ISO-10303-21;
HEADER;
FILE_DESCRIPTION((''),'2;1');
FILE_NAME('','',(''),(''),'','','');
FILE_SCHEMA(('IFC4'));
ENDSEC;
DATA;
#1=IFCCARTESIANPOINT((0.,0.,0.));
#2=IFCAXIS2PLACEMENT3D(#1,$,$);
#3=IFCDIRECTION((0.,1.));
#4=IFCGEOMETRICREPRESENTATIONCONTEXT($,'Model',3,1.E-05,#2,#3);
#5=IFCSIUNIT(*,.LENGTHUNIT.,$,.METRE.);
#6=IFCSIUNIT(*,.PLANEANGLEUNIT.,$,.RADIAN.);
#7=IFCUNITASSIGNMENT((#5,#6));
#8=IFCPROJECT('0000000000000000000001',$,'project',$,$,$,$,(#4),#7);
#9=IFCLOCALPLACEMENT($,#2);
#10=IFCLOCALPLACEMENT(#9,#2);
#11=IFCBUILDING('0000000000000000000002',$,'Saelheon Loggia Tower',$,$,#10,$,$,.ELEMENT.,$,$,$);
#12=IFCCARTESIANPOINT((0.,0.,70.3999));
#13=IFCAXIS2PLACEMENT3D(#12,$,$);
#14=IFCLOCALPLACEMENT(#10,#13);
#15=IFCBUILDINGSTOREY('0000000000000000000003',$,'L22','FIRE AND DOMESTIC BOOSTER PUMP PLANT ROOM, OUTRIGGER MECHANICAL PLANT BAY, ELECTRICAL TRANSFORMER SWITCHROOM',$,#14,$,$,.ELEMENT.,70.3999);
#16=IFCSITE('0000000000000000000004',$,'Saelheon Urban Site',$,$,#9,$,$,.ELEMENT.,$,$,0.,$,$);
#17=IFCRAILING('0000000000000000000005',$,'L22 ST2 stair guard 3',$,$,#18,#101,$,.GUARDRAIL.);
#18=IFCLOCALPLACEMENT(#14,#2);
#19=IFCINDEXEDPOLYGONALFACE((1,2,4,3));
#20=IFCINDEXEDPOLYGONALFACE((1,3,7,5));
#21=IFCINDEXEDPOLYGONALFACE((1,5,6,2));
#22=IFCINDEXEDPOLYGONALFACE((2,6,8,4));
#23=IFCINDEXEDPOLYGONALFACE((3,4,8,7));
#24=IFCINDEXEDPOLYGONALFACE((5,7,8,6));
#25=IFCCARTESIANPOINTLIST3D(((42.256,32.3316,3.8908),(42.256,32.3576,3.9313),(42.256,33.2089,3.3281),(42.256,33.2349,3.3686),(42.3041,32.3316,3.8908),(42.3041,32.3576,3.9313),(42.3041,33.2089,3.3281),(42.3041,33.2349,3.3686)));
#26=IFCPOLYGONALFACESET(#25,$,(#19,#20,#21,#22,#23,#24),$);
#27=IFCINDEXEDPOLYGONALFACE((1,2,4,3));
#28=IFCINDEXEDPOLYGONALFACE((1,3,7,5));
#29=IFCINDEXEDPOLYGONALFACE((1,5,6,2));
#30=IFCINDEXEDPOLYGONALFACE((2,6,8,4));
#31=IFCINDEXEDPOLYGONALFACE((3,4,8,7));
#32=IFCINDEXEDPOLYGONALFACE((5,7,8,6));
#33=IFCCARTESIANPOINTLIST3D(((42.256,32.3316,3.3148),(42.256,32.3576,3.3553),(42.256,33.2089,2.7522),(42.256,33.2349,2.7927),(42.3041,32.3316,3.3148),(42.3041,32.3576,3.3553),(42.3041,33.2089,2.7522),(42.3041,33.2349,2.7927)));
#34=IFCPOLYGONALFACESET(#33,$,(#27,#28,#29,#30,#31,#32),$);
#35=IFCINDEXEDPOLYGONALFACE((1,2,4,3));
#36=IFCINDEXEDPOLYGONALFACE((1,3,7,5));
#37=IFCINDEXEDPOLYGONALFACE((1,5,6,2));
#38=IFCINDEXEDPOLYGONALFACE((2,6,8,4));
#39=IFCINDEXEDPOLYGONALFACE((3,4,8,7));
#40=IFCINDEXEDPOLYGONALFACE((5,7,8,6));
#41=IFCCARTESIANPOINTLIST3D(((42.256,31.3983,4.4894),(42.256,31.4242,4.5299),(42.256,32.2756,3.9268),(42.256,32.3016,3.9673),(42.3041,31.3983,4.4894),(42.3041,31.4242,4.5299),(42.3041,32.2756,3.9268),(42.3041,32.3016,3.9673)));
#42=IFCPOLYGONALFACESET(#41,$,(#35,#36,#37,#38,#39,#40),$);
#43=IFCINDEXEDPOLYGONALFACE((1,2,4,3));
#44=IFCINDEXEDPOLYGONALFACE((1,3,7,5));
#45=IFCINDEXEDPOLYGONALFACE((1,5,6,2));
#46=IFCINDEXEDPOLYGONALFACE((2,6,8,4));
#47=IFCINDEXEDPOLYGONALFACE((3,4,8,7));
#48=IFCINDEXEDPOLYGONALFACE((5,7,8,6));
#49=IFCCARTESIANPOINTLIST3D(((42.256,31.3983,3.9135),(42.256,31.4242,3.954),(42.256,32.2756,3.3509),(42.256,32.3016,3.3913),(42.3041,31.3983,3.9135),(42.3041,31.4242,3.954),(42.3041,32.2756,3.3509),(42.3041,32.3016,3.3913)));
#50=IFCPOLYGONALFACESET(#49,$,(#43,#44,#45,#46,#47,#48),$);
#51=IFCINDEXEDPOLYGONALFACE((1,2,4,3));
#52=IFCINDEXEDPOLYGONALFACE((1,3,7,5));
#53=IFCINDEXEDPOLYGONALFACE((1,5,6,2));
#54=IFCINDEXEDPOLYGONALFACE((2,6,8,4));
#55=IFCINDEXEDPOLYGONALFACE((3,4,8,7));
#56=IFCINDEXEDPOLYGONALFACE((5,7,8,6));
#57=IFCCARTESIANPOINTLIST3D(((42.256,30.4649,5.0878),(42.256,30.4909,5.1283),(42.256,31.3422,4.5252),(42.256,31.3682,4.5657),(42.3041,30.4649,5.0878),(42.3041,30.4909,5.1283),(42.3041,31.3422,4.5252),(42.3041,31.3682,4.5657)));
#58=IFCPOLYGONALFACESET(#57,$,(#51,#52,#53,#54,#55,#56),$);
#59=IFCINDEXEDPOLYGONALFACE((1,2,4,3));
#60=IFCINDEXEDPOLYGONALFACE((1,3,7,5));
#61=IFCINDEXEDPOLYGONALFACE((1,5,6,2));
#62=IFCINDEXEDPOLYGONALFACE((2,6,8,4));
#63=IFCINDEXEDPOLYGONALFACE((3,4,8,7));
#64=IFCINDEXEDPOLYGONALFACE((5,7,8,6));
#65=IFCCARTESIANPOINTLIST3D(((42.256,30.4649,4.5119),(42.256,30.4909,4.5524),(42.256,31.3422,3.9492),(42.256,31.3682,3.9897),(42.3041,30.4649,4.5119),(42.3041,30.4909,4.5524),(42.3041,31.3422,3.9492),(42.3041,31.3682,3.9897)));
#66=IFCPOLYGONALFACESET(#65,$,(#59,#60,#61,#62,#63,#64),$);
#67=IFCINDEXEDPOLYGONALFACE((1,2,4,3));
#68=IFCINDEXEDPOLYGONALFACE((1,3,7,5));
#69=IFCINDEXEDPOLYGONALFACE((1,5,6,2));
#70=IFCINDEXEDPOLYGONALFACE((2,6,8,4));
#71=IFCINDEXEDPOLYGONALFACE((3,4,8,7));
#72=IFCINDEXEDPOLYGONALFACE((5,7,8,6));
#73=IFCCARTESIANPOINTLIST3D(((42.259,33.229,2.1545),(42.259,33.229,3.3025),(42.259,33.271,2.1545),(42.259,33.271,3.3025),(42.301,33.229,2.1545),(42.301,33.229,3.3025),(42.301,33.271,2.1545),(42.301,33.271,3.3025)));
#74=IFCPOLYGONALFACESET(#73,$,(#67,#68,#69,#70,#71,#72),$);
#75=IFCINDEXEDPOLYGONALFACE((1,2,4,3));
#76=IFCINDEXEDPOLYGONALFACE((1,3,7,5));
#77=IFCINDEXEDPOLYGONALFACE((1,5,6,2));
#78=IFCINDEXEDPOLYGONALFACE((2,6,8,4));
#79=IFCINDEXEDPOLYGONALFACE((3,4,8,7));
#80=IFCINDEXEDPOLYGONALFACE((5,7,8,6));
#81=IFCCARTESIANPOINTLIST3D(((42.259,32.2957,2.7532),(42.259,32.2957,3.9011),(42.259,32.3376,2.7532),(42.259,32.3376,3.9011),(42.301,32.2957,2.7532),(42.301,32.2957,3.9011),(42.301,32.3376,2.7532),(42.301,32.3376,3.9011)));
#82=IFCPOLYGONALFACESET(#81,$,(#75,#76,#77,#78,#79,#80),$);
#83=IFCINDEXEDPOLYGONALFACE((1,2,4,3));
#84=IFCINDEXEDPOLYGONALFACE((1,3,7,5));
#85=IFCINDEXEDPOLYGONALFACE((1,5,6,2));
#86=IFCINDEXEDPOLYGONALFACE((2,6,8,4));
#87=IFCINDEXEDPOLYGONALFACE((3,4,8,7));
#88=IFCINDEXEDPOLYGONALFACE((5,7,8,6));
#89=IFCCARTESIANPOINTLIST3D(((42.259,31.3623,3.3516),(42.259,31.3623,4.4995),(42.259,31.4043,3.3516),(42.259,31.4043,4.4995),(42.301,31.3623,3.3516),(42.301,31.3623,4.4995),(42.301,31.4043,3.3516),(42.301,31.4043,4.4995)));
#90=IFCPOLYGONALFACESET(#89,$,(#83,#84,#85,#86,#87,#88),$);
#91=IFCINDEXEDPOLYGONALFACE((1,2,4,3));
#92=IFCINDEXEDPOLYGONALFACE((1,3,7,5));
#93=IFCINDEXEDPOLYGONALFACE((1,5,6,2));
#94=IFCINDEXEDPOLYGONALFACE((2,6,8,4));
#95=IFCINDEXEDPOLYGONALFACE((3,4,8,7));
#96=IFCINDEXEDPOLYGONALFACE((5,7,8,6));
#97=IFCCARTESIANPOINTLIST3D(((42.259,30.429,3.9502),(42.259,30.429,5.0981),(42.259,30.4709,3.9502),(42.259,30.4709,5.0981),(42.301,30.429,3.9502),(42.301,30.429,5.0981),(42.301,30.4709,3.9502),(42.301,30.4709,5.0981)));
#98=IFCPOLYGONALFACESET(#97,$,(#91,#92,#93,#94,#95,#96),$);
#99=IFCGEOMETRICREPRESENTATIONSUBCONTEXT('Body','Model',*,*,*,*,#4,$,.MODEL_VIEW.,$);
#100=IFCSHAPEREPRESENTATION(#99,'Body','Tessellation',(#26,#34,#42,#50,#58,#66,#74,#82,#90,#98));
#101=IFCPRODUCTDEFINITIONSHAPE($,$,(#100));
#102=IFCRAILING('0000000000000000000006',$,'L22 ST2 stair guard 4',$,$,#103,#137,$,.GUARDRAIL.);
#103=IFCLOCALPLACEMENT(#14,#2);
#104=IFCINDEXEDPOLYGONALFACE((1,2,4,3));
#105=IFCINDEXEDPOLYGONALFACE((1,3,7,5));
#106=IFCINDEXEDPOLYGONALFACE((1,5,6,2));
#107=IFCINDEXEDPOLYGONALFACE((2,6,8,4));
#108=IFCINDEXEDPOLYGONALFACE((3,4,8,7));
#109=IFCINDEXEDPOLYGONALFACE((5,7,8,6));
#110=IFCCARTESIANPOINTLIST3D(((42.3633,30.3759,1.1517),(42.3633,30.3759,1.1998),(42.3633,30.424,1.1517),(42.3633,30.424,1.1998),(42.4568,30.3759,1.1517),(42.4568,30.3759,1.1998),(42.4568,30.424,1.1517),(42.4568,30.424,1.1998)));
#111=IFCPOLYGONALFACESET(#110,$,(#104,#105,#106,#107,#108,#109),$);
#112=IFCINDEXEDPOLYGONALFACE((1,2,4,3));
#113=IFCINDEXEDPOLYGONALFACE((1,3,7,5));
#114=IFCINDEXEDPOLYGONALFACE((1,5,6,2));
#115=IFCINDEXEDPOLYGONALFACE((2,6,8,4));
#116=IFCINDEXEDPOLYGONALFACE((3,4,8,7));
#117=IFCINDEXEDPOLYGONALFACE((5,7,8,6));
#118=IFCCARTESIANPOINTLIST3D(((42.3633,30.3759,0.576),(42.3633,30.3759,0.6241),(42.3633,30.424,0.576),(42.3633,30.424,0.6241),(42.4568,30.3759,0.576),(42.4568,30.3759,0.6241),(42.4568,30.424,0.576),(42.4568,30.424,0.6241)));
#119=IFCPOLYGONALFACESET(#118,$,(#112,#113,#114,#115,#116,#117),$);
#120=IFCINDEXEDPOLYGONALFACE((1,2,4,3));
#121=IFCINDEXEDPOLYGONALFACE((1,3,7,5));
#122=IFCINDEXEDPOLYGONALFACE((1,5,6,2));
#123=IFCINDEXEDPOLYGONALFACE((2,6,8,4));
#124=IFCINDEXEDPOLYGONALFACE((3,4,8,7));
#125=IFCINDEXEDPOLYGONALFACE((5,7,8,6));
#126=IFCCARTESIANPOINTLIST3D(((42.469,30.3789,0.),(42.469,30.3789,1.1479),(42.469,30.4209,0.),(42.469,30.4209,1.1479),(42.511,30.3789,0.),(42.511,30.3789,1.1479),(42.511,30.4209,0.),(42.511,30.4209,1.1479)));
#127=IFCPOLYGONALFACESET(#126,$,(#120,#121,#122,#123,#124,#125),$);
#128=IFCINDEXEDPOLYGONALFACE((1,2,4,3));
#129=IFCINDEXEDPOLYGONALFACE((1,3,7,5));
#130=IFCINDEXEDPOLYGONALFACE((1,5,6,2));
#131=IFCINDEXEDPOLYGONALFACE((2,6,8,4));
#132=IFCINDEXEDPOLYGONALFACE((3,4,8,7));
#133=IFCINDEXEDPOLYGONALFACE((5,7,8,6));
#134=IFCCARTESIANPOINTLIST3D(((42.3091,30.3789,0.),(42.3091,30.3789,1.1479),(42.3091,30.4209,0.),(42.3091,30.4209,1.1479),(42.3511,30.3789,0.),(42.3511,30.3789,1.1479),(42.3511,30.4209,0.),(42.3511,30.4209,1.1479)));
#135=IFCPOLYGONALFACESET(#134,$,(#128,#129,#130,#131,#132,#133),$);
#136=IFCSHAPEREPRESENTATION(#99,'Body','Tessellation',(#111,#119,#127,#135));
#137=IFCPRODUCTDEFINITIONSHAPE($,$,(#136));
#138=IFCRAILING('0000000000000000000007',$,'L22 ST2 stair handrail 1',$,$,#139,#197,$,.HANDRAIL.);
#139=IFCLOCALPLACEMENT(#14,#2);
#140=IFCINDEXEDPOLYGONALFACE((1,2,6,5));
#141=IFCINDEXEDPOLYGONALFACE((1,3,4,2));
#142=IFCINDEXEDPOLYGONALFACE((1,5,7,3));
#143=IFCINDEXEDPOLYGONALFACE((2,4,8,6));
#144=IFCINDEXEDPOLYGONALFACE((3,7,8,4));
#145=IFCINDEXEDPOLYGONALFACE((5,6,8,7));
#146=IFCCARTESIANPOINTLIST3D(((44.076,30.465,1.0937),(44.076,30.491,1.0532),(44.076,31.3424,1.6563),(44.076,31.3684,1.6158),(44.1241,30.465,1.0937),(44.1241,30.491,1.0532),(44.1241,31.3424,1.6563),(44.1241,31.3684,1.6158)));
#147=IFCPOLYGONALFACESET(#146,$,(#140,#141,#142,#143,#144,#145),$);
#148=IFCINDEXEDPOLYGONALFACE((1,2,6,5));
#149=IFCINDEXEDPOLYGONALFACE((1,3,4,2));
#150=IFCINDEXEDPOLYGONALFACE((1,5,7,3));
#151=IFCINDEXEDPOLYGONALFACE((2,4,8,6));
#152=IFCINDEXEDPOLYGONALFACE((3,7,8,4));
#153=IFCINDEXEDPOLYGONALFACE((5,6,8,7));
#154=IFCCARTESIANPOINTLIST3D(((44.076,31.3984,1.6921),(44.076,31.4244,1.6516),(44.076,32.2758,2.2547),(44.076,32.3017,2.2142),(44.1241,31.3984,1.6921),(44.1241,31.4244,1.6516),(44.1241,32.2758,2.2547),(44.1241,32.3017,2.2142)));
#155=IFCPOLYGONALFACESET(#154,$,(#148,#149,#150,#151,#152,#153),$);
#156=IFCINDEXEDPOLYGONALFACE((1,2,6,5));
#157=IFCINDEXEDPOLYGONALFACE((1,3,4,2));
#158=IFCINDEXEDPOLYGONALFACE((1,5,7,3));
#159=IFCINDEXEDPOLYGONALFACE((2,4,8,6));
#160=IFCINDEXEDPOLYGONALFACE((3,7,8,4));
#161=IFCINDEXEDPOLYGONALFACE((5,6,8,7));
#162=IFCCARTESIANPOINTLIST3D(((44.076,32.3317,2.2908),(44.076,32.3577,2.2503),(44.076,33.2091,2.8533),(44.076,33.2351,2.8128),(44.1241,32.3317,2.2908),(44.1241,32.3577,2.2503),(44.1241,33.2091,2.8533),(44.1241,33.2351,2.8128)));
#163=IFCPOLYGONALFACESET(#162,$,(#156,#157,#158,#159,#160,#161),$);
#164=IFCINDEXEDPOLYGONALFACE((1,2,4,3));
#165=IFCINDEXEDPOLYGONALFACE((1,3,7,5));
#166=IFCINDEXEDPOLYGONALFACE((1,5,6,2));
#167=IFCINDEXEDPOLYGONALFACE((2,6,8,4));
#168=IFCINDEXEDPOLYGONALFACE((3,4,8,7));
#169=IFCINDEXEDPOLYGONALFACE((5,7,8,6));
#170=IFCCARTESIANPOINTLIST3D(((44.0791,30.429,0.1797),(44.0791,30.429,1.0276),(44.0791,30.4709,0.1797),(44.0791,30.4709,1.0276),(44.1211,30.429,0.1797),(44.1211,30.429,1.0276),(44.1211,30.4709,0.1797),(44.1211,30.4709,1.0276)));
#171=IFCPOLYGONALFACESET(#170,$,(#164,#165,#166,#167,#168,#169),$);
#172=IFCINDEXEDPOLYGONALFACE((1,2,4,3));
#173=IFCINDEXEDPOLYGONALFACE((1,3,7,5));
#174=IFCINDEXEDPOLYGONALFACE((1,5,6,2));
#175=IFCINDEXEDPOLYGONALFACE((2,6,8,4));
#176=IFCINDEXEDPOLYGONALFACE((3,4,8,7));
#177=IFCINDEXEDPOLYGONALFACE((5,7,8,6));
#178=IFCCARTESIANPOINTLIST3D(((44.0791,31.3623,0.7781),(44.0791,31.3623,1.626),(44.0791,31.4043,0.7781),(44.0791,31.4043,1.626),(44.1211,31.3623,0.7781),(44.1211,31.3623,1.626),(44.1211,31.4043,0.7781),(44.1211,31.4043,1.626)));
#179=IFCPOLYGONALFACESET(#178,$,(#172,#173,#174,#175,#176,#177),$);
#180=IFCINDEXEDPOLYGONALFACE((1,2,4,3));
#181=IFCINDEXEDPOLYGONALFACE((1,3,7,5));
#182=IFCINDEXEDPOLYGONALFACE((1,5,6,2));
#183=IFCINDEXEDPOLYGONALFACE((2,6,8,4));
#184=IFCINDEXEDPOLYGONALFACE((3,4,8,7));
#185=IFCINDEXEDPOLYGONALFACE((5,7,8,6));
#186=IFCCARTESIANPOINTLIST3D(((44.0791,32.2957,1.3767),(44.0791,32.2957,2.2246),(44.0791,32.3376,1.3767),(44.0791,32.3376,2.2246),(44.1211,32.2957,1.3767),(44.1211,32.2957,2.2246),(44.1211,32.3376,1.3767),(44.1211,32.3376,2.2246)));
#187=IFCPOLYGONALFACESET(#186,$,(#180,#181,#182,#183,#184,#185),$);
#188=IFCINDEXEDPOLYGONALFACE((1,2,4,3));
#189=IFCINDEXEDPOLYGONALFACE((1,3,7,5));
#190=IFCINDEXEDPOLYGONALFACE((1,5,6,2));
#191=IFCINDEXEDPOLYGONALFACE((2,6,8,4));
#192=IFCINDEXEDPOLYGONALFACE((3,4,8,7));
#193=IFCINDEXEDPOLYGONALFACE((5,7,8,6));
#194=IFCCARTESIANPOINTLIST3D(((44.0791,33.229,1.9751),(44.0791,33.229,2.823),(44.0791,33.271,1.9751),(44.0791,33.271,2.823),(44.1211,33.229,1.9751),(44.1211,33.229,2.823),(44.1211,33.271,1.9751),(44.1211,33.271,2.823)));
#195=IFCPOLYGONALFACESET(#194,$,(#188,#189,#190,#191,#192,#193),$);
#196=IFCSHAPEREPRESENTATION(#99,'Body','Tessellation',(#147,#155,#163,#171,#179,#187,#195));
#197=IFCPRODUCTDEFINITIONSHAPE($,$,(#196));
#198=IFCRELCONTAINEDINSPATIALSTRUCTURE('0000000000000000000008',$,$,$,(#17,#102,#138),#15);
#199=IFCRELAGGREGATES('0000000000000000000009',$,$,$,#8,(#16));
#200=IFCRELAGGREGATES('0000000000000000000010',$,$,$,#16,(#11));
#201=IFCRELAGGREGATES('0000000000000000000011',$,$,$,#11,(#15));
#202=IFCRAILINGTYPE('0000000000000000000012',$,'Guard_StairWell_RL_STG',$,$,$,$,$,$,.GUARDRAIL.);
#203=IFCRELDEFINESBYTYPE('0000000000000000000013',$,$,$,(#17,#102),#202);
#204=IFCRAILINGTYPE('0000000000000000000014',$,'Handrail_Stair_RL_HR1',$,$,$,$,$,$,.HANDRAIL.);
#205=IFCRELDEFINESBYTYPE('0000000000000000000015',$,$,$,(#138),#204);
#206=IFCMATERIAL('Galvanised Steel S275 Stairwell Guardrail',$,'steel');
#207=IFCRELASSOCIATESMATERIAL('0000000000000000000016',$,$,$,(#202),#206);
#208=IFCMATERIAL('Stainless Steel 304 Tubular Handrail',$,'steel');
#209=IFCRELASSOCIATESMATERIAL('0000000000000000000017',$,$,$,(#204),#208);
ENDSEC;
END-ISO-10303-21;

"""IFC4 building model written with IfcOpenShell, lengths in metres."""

from ifc_helpers import new_model, si_unit, direction, frame, origin, origin_2d, place, context, subcontext, project, spatial, rectangle, extrude, material, type_object, element, save


model = new_model("IFC4")

# Units and contexts
model_context = context("Model", 3, precision=1e-05, world=origin(), true_north=direction((0.0, 1.0)))
body_context = subcontext(model_context, "Body", "Model", "MODEL_VIEW")
ifc_project = project(units=[si_unit("LENGTHUNIT", "METRE"), si_unit("PLANEANGLEUNIT", "RADIAN")], contexts=[model_context])

# Site, building, storey
site_placement = place(None, origin())
site = spatial("IfcSite", under=ifc_project, at=site_placement, Name="Saelheon Urban Site", CompositionType="ELEMENT", RefElevation=0.0)
building_placement = place(site_placement, origin())
building = spatial("IfcBuilding", under=site, at=building_placement, Name="Saelheon Loggia Tower", CompositionType="ELEMENT")
storey_placement = place(building_placement, frame((0.0, 0.0, 70.3999)))
storey = spatial("IfcBuildingStorey", under=building, at=storey_placement, Name="L22", Description="FIRE AND DOMESTIC BOOSTER PUMP PLANT ROOM, OUTRIGGER MECHANICAL PLANT BAY, ELECTRICAL TRANSFORMER SWITCHROOM", CompositionType="ELEMENT", Elevation=70.3999)

# Railings
ifc_material_1 = material(Name="Galvanised Steel S275 Stairwell Guardrail", Category="steel")
railing_type_1 = type_object("IfcRailingType", Name="Guard_StairWell_RL_STG", PredefinedType="GUARDRAIL", material=ifc_material_1)
railing_1_placement = place(storey_placement, frame((42.28, 33.25, 2.1545)))
element("IfcRailing", 1, at=railing_1_placement, inside=storey, type_object=railing_type_1, Name="L22 ST2 stair guard 3", PredefinedType="GUARDRAIL", context=body_context, shape_type="SweptSolid", body=[
    extrude(rectangle(XDim=0.0481, YDim=0.0481, at=origin_2d()), frame((0.0, -0.0281, 1.1938), z_axis=(0.0, -0.841777, 0.539826), x_axis=(1.0, 0.0, 0.0)), (0.0, 0.0, 1.0), 1.0422),
    extrude(rectangle(XDim=0.0481, YDim=0.0481, at=origin_2d()), frame((0.0, -0.0281, 0.6179), z_axis=(0.0, -0.841777, 0.539826), x_axis=(1.0, 0.0, 0.0)), (0.0, 0.0, 1.0), 1.0422),
    extrude(rectangle(XDim=0.0481, YDim=0.0481, at=origin_2d()), frame((0.0, -0.9614, 1.7925), z_axis=(0.0, -0.841777, 0.539826), x_axis=(1.0, 0.0, 0.0)), (0.0, 0.0, 1.0), 1.0422),
    extrude(rectangle(XDim=0.0481, YDim=0.0481, at=origin_2d()), frame((0.0, -0.9614, 1.2166), z_axis=(0.0, -0.841777, 0.539826), x_axis=(1.0, 0.0, 0.0)), (0.0, 0.0, 1.0), 1.0422),
    extrude(rectangle(XDim=0.0481, YDim=0.0481, at=origin_2d()), frame((0.0, -1.8948, 2.3909), z_axis=(0.0, -0.841777, 0.539826), x_axis=(1.0, 0.0, 0.0)), (0.0, 0.0, 1.0), 1.0422),
    extrude(rectangle(XDim=0.0481, YDim=0.0481, at=origin_2d()), frame((0.0, -1.8948, 1.8149), z_axis=(0.0, -0.841777, 0.539826), x_axis=(1.0, 0.0, 0.0)), (0.0, 0.0, 1.0), 1.0422),
    extrude(rectangle(XDim=0.042, YDim=0.042, at=origin_2d()), origin(), (0.0, 0.0, 1.0), 1.1479),
    extrude(rectangle(XDim=0.042, YDim=0.042, at=origin_2d()), frame((0.0, -0.9333, 0.5986)), (0.0, 0.0, 1.0), 1.1479),
    extrude(rectangle(XDim=0.042, YDim=0.042, at=origin_2d()), frame((0.0, -1.8667, 1.197)), (0.0, 0.0, 1.0), 1.1479),
    extrude(rectangle(XDim=0.042, YDim=0.042, at=origin_2d()), frame((0.0, -2.8, 1.7957)), (0.0, 0.0, 1.0), 1.1479),
])
railing_2_placement = place(storey_placement, frame((42.49, 30.3999, 0.0)))
element("IfcRailing", 2, at=railing_2_placement, inside=storey, type_object=railing_type_1, Name="L22 ST2 stair guard 4", PredefinedType="GUARDRAIL", context=body_context, shape_type="SweptSolid", body=[
    extrude(rectangle(XDim=0.0481, YDim=0.0481, at=origin_2d()), frame((-0.0332, 0.0, 1.1758), z_axis=(-1.0, 0.0, 0.0), x_axis=(0.0, -1.0, 0.0)), (0.0, 0.0, 1.0), 0.0935),
    extrude(rectangle(XDim=0.0481, YDim=0.0481, at=origin_2d()), frame((-0.0332, 0.0, 0.6001), z_axis=(-1.0, 0.0, 0.0), x_axis=(0.0, -1.0, 0.0)), (0.0, 0.0, 1.0), 0.0935),
    extrude(rectangle(XDim=0.042, YDim=0.042, at=origin_2d()), origin(), (0.0, 0.0, 1.0), 1.1479),
    extrude(rectangle(XDim=0.042, YDim=0.042, at=origin_2d()), frame((-0.1599, 0.0, 0.0)), (0.0, 0.0, 1.0), 1.1479),
])
ifc_material_2 = material(Name="Stainless Steel 304 Tubular Handrail", Category="steel")
railing_type_2 = type_object("IfcRailingType", Name="Handrail_Stair_RL_HR1", PredefinedType="HANDRAIL", material=ifc_material_2)
railing_3_placement = place(storey_placement, frame((44.1001, 30.45, 0.1797)))
element("IfcRailing", 3, at=railing_3_placement, inside=storey, type_object=railing_type_2, Name="L22 ST2 stair handrail 1", PredefinedType="HANDRAIL", context=body_context, shape_type="SweptSolid", body=[
    extrude(rectangle(XDim=0.0481, YDim=0.0481, at=origin_2d()), frame((0.0, 0.0281, 0.8938), z_axis=(0.0, 0.84181, 0.539774), x_axis=(-1.0, 0.0, 0.0)), (0.0, 0.0, 1.0), 1.0422),
    extrude(rectangle(XDim=0.0481, YDim=0.0481, at=origin_2d()), frame((0.0, 0.9614, 1.4922), z_axis=(0.0, 0.84181, 0.539774), x_axis=(-1.0, 0.0, 0.0)), (0.0, 0.0, 1.0), 1.0422),
    extrude(rectangle(XDim=0.0481, YDim=0.0481, at=origin_2d()), frame((0.0, 1.8948, 2.0908), z_axis=(0.0, 0.84181, 0.539774), x_axis=(-1.0, 0.0, 0.0)), (0.0, 0.0, 1.0), 1.0422),
    extrude(rectangle(XDim=0.042, YDim=0.042, at=origin_2d()), origin(), (0.0, 0.0, 1.0), 0.8479),
    extrude(rectangle(XDim=0.042, YDim=0.042, at=origin_2d()), frame((0.0, 0.9333, 0.5984)), (0.0, 0.0, 1.0), 0.8479),
    extrude(rectangle(XDim=0.042, YDim=0.042, at=origin_2d()), frame((0.0, 1.8667, 1.197)), (0.0, 0.0, 1.0), 0.8479),
    extrude(rectangle(XDim=0.042, YDim=0.042, at=origin_2d()), frame((0.0, 2.8, 1.7954)), (0.0, 0.0, 1.0), 0.8479),
])

save(model, "model.ifc")
